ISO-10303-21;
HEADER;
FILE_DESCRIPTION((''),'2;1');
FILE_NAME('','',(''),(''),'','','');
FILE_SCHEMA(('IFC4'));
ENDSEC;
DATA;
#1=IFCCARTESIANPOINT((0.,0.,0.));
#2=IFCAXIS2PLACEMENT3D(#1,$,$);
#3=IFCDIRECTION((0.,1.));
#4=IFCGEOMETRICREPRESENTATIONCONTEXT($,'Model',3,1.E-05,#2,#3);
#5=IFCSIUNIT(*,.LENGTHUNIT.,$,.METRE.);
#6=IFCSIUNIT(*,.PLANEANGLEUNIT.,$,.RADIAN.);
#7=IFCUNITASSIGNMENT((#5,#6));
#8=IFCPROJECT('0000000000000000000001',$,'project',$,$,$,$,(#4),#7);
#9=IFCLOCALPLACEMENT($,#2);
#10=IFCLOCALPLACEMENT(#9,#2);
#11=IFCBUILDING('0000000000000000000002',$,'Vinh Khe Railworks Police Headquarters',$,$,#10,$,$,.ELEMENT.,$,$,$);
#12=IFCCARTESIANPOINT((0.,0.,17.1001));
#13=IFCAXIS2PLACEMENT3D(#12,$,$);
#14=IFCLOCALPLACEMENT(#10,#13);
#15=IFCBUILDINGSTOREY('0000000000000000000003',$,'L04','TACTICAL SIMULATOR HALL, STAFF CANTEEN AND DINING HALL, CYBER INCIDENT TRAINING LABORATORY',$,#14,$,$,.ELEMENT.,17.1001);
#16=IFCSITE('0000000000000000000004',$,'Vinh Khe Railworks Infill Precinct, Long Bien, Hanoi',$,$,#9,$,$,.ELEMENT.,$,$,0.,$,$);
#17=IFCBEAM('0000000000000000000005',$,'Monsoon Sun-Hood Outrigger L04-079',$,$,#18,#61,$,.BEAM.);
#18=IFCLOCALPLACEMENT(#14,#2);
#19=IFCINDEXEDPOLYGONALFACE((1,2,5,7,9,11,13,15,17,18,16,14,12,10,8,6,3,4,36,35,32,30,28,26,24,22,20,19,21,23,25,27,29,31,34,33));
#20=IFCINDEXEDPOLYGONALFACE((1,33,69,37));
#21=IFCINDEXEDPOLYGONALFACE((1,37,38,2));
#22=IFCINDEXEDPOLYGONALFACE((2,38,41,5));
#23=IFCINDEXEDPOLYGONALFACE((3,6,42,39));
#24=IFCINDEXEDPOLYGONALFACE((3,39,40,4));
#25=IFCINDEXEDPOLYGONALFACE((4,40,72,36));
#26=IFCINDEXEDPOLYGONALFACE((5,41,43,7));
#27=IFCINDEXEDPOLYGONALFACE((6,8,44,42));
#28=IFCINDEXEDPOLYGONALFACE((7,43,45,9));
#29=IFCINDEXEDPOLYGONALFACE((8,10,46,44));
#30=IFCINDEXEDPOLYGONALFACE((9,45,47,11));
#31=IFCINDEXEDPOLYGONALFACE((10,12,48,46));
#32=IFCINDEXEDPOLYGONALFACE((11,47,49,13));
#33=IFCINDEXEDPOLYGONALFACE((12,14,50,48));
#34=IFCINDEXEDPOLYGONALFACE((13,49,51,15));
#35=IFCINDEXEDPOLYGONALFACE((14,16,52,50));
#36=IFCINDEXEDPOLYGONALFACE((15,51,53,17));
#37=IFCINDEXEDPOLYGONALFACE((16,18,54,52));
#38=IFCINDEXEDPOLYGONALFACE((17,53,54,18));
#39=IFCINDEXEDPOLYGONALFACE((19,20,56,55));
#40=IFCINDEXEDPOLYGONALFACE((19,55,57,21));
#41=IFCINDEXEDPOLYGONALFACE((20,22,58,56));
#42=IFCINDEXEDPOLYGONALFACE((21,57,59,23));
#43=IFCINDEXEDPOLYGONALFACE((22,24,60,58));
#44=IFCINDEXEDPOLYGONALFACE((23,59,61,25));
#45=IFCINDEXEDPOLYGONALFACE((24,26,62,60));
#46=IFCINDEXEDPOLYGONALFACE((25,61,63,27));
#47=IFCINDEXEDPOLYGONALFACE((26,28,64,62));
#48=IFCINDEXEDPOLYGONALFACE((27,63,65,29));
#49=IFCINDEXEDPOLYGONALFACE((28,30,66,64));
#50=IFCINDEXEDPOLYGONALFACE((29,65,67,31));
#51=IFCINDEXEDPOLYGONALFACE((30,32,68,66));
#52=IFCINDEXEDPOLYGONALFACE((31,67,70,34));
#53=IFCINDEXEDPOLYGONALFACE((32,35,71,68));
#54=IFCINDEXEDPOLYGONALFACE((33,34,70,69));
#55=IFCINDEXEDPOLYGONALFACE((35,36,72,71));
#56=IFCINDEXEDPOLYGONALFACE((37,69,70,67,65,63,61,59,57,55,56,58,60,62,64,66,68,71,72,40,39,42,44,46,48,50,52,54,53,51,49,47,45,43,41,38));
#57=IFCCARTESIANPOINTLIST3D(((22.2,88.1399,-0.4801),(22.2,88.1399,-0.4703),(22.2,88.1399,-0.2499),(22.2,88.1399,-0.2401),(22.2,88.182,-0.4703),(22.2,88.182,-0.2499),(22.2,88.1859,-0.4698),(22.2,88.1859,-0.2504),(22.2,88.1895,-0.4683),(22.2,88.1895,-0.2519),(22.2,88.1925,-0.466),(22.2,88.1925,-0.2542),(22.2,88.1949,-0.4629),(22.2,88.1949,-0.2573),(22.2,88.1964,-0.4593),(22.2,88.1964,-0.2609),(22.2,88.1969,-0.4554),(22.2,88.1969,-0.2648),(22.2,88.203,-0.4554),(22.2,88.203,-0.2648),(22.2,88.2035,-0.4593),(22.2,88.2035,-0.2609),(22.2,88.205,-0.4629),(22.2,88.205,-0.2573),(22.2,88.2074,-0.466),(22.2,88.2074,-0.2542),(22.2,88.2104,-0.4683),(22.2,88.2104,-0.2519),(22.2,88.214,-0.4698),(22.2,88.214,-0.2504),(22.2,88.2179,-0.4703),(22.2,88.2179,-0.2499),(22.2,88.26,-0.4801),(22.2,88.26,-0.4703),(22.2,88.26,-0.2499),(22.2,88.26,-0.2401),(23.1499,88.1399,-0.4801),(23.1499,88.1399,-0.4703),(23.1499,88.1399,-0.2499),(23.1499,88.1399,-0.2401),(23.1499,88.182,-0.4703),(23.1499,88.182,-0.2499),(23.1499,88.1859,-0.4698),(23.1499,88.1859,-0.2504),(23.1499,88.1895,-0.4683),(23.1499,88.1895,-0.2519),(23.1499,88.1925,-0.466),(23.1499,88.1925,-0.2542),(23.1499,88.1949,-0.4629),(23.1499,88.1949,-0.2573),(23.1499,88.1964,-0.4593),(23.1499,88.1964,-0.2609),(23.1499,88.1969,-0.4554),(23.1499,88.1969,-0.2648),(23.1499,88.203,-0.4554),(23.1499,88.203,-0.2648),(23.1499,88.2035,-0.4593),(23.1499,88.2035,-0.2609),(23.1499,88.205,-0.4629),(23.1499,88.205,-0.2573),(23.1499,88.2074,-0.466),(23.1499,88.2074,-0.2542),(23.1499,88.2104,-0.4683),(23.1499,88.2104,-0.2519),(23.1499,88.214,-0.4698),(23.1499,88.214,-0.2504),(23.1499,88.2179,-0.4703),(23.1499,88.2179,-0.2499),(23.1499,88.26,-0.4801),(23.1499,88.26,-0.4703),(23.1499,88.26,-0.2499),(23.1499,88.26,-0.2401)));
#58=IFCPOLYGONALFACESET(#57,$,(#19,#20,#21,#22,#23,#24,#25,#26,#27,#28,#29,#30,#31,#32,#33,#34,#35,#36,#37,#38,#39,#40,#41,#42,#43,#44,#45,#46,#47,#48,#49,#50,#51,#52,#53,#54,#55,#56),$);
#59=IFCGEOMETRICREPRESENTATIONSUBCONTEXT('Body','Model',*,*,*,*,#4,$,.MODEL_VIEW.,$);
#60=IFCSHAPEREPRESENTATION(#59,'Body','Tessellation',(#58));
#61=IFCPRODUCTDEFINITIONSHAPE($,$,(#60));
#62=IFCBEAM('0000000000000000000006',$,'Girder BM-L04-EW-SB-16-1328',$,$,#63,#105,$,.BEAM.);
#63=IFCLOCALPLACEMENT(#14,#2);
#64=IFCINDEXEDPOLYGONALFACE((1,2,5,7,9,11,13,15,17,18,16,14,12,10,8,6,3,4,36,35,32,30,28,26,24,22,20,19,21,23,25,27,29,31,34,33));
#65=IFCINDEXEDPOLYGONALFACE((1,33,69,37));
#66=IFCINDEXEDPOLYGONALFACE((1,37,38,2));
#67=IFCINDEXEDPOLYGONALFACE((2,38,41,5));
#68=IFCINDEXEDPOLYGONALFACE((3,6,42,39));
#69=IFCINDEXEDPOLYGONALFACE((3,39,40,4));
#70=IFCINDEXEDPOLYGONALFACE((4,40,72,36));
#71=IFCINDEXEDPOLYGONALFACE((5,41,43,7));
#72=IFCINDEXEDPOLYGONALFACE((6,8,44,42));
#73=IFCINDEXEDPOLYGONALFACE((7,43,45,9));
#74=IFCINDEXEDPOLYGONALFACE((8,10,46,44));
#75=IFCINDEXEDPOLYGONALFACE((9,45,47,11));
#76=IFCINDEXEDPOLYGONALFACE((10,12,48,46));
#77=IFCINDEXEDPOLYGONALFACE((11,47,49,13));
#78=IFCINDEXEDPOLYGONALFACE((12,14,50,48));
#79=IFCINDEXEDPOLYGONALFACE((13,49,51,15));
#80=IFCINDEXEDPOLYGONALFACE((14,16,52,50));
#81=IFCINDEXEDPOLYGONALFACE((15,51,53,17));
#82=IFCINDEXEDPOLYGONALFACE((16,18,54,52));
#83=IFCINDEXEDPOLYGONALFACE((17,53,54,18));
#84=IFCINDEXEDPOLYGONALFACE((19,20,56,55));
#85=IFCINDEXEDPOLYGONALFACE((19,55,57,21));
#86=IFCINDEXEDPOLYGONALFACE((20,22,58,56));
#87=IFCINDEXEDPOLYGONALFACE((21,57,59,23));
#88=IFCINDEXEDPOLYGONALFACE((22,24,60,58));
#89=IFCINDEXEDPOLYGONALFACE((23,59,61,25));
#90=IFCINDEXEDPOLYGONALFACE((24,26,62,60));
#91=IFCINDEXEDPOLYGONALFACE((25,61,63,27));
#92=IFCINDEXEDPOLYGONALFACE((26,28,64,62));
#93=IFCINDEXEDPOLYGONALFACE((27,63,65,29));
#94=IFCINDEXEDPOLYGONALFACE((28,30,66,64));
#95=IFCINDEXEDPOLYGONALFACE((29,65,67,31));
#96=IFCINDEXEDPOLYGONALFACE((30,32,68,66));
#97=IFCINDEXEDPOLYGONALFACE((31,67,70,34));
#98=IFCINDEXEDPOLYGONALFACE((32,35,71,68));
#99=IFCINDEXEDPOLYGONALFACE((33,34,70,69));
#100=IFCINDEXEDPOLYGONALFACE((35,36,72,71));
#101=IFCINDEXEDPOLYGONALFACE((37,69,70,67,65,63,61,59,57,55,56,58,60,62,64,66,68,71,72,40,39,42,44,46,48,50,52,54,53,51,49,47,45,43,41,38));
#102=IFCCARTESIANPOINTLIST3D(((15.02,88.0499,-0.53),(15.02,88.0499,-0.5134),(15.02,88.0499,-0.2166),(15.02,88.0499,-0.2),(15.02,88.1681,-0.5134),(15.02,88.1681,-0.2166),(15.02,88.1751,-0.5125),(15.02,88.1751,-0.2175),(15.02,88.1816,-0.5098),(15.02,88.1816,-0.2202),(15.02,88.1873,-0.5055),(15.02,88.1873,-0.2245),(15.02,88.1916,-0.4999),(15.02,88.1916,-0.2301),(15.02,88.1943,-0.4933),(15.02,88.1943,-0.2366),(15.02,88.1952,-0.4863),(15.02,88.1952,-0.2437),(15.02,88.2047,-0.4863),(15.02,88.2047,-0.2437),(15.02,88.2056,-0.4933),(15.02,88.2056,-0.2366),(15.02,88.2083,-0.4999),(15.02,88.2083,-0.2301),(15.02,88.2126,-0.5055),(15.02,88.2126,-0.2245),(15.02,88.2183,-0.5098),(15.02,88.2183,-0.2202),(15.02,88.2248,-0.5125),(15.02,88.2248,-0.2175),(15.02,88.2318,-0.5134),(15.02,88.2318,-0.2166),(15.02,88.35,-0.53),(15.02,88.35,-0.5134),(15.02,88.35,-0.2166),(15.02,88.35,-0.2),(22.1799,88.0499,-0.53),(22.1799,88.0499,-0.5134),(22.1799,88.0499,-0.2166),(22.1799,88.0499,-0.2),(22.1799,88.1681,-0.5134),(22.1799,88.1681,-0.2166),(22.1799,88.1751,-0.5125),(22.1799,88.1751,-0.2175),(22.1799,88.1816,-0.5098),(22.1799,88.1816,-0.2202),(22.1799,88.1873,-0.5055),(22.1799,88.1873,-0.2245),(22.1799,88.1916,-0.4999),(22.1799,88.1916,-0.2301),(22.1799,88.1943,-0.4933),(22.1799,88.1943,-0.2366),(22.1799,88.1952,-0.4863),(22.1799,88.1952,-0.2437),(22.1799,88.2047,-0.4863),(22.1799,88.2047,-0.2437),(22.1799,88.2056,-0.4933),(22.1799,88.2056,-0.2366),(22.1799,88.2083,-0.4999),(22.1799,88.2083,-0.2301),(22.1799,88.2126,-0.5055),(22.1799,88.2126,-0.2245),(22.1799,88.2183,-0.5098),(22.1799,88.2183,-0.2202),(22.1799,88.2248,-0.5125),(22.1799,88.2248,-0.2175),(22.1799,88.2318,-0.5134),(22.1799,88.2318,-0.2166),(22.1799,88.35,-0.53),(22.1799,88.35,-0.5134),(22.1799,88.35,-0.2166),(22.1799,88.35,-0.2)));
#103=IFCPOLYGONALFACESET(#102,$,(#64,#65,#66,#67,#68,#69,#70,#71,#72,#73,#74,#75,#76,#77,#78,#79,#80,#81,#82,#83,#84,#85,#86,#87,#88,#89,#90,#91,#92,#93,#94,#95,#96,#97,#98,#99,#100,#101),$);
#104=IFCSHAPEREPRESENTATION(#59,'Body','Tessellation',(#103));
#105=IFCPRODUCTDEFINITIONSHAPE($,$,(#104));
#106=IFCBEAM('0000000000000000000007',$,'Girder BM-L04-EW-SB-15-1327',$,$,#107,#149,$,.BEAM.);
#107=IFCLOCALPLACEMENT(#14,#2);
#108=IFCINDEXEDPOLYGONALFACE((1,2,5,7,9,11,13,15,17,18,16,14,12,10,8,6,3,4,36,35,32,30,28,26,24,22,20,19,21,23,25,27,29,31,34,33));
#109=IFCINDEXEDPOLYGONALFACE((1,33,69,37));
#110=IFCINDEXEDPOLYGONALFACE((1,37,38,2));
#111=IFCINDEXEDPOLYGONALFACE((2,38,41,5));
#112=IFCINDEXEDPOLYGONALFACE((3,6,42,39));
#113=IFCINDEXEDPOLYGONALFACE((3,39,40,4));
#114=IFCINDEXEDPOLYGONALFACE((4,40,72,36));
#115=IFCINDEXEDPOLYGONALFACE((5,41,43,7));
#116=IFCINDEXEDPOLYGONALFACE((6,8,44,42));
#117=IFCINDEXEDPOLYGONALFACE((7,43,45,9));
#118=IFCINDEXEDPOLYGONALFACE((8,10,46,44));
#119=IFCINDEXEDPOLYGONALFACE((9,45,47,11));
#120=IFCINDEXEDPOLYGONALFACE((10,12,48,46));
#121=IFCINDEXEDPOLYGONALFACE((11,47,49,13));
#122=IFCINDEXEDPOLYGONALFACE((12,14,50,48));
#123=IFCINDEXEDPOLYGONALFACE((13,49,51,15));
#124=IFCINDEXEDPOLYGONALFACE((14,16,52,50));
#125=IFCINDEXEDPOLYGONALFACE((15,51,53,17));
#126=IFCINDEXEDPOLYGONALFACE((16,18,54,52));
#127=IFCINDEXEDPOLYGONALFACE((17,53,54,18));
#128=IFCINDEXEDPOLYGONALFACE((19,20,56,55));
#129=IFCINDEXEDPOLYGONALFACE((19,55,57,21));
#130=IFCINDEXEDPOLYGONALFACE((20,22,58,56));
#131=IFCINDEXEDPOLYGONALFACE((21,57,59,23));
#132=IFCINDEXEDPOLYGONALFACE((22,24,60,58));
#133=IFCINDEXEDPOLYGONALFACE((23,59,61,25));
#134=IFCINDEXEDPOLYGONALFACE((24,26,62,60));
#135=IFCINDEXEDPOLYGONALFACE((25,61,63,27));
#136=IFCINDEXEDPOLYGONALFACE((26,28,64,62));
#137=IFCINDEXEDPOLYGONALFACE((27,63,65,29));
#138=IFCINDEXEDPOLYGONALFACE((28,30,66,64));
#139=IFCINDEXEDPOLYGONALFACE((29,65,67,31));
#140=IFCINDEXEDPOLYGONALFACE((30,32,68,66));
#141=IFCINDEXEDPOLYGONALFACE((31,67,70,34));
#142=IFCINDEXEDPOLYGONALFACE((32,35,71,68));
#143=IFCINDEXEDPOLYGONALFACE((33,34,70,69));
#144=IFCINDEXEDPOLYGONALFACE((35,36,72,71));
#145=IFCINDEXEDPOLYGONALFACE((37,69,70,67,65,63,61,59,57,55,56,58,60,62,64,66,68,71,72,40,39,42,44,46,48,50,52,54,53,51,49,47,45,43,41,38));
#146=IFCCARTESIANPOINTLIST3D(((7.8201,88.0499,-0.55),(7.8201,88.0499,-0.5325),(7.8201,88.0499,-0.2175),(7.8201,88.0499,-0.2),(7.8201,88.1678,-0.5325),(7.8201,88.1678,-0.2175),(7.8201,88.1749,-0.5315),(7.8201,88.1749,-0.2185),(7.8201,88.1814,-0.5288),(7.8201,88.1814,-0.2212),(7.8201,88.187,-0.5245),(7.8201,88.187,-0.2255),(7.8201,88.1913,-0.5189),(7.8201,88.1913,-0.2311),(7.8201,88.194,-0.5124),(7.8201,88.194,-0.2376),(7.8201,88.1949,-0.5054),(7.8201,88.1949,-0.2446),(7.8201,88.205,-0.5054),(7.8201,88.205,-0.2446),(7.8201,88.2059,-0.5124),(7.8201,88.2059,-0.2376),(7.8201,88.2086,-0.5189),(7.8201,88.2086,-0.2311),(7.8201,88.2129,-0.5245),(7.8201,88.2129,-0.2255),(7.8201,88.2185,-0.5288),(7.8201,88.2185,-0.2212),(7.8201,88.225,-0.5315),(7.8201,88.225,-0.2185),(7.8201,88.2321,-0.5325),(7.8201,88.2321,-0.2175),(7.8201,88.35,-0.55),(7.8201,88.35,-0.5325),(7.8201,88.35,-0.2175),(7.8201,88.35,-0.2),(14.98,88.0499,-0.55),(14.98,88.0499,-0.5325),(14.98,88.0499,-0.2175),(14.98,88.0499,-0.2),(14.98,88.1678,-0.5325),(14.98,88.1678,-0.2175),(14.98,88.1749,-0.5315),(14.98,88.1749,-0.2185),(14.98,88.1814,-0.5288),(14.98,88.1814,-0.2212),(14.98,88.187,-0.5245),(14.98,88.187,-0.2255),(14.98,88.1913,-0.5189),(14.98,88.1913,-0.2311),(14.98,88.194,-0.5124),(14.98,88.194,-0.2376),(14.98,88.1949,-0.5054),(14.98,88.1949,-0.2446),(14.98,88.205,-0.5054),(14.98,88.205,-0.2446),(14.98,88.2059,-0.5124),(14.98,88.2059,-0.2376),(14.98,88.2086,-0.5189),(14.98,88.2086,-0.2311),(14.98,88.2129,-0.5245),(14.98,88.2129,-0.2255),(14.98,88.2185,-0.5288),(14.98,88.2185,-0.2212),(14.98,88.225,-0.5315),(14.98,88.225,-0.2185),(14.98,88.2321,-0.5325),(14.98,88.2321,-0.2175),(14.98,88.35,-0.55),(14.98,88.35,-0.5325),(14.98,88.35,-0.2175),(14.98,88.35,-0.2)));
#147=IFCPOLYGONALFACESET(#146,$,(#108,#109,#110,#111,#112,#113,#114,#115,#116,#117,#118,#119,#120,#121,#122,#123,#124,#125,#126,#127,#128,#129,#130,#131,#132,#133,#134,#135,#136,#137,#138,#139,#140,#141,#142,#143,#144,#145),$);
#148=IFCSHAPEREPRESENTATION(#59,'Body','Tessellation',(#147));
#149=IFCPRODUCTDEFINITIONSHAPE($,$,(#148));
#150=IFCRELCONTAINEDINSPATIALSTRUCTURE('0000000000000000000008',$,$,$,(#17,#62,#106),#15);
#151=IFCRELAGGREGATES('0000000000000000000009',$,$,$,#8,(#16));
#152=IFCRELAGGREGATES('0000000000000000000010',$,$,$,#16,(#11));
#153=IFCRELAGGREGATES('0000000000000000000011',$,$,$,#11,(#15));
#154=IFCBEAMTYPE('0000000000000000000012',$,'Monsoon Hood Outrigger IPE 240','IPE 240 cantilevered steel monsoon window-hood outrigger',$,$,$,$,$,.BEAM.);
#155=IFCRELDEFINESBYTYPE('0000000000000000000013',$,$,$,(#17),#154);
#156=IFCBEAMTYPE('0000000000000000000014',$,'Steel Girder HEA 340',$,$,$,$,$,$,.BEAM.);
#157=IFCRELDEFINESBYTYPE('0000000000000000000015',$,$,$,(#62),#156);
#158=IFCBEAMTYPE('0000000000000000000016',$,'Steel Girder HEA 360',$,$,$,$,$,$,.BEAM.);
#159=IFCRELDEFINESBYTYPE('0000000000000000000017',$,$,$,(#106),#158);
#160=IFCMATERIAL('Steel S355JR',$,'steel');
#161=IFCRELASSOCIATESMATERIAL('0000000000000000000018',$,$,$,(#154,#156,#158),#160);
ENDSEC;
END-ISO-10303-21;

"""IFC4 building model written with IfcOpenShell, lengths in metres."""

from ifc_helpers import new_model, si_unit, direction, frame, origin, origin_2d, place, context, subcontext, project, spatial, i_section, extrude, material, material_profile, profile_set, type_object, element, save


model = new_model("IFC4")

# Units and contexts
model_context = context("Model", 3, precision=1e-05, world=origin(), true_north=direction((0.0, 1.0)))
body_context = subcontext(model_context, "Body", "Model", "MODEL_VIEW")
ifc_project = project(units=[si_unit("LENGTHUNIT", "METRE"), si_unit("PLANEANGLEUNIT", "RADIAN")], contexts=[model_context])

# Site, building, storey
site_placement = place(None, origin())
site = spatial("IfcSite", under=ifc_project, at=site_placement, Name="Vinh Khe Railworks Infill Precinct, Long Bien, Hanoi", CompositionType="ELEMENT", RefElevation=0.0)
building_placement = place(site_placement, origin())
building = spatial("IfcBuilding", under=site, at=building_placement, Name="Vinh Khe Railworks Police Headquarters", CompositionType="ELEMENT")
storey_placement = place(building_placement, frame((0.0, 0.0, 17.1001)))
storey = spatial("IfcBuildingStorey", under=building, at=storey_placement, Name="L04", Description="TACTICAL SIMULATOR HALL, STAFF CANTEEN AND DINING HALL, CYBER INCIDENT TRAINING LABORATORY", CompositionType="ELEMENT", Elevation=17.1001)

# Shared definitions
ifc_material_1 = material(Name="Steel S355JR", Category="steel")

# Beams
ifc_material_profile_1 = material_profile(ifc_material_1, i_section(OverallWidth=0.1201, OverallDepth=0.24, WebThickness=0.0061, FlangeThickness=0.0098, FilletRadius=0.0149, at=origin_2d()), Name="IPE 240")
ifc_profile_set_1 = profile_set([ifc_material_profile_1], Name="Steel S355JR")
beam_type_1 = type_object("IfcBeamType", Name="Monsoon Hood Outrigger IPE 240", Description="IPE 240 cantilevered steel monsoon window-hood outrigger", PredefinedType="BEAM", material=ifc_profile_set_1)
beam_1_placement = place(storey_placement, frame((22.2, 88.2, -0.3601), z_axis=(1.0, 0.0, 0.0), x_axis=(0.0, 1.0, 0.0)))
element("IfcBeam", 1, at=beam_1_placement, inside=storey, type_object=beam_type_1, Name="Monsoon Sun-Hood Outrigger L04-079", PredefinedType="BEAM", context=body_context, shape_type="SweptSolid", body=[
    extrude(i_section(OverallWidth=0.1201, OverallDepth=0.24, WebThickness=0.0061, FlangeThickness=0.0098, FilletRadius=0.0149, at=origin_2d()), origin(), (0.0, 0.0, 1.0), 0.95),
])
ifc_material_profile_2 = material_profile(ifc_material_1, i_section(OverallWidth=0.3, OverallDepth=0.3301, WebThickness=0.0095, FlangeThickness=0.0166, FilletRadius=0.0271, at=origin_2d()), Name="HEA 340")
ifc_profile_set_2 = profile_set([ifc_material_profile_2], Name="Steel S355JR")
beam_type_2 = type_object("IfcBeamType", Name="Steel Girder HEA 340", PredefinedType="BEAM", material=ifc_profile_set_2)
beam_2_placement = place(storey_placement, frame((15.02, 88.2, -0.365), z_axis=(1.0, 0.0, 0.0), x_axis=(0.0, 1.0, 0.0)))
element("IfcBeam", 2, at=beam_2_placement, inside=storey, type_object=beam_type_2, Name="Girder BM-L04-EW-SB-16-1328", PredefinedType="BEAM", context=body_context, shape_type="SweptSolid", body=[
    extrude(i_section(OverallWidth=0.3, OverallDepth=0.3301, WebThickness=0.0095, FlangeThickness=0.0166, FilletRadius=0.0271, at=origin_2d()), origin(), (0.0, 0.0, 1.0), 7.1599),
])
ifc_material_profile_3 = material_profile(ifc_material_1, i_section(OverallWidth=0.3, OverallDepth=0.3501, WebThickness=0.01, FlangeThickness=0.0176, FilletRadius=0.0271, at=origin_2d()), Name="HEA 360")
ifc_profile_set_3 = profile_set([ifc_material_profile_3], Name="Steel S355JR")
beam_type_3 = type_object("IfcBeamType", Name="Steel Girder HEA 360", PredefinedType="BEAM", material=ifc_profile_set_3)
beam_3_placement = place(storey_placement, frame((7.8201, 88.2, -0.375), z_axis=(1.0, 0.0, 0.0), x_axis=(0.0, 1.0, 0.0)))
element("IfcBeam", 3, at=beam_3_placement, inside=storey, type_object=beam_type_3, Name="Girder BM-L04-EW-SB-15-1327", PredefinedType="BEAM", context=body_context, shape_type="SweptSolid", body=[
    extrude(i_section(OverallWidth=0.3, OverallDepth=0.3501, WebThickness=0.01, FlangeThickness=0.0176, FilletRadius=0.0271, at=origin_2d()), origin(), (0.0, 0.0, 1.0), 7.1599),
])

save(model, "model.ifc")
